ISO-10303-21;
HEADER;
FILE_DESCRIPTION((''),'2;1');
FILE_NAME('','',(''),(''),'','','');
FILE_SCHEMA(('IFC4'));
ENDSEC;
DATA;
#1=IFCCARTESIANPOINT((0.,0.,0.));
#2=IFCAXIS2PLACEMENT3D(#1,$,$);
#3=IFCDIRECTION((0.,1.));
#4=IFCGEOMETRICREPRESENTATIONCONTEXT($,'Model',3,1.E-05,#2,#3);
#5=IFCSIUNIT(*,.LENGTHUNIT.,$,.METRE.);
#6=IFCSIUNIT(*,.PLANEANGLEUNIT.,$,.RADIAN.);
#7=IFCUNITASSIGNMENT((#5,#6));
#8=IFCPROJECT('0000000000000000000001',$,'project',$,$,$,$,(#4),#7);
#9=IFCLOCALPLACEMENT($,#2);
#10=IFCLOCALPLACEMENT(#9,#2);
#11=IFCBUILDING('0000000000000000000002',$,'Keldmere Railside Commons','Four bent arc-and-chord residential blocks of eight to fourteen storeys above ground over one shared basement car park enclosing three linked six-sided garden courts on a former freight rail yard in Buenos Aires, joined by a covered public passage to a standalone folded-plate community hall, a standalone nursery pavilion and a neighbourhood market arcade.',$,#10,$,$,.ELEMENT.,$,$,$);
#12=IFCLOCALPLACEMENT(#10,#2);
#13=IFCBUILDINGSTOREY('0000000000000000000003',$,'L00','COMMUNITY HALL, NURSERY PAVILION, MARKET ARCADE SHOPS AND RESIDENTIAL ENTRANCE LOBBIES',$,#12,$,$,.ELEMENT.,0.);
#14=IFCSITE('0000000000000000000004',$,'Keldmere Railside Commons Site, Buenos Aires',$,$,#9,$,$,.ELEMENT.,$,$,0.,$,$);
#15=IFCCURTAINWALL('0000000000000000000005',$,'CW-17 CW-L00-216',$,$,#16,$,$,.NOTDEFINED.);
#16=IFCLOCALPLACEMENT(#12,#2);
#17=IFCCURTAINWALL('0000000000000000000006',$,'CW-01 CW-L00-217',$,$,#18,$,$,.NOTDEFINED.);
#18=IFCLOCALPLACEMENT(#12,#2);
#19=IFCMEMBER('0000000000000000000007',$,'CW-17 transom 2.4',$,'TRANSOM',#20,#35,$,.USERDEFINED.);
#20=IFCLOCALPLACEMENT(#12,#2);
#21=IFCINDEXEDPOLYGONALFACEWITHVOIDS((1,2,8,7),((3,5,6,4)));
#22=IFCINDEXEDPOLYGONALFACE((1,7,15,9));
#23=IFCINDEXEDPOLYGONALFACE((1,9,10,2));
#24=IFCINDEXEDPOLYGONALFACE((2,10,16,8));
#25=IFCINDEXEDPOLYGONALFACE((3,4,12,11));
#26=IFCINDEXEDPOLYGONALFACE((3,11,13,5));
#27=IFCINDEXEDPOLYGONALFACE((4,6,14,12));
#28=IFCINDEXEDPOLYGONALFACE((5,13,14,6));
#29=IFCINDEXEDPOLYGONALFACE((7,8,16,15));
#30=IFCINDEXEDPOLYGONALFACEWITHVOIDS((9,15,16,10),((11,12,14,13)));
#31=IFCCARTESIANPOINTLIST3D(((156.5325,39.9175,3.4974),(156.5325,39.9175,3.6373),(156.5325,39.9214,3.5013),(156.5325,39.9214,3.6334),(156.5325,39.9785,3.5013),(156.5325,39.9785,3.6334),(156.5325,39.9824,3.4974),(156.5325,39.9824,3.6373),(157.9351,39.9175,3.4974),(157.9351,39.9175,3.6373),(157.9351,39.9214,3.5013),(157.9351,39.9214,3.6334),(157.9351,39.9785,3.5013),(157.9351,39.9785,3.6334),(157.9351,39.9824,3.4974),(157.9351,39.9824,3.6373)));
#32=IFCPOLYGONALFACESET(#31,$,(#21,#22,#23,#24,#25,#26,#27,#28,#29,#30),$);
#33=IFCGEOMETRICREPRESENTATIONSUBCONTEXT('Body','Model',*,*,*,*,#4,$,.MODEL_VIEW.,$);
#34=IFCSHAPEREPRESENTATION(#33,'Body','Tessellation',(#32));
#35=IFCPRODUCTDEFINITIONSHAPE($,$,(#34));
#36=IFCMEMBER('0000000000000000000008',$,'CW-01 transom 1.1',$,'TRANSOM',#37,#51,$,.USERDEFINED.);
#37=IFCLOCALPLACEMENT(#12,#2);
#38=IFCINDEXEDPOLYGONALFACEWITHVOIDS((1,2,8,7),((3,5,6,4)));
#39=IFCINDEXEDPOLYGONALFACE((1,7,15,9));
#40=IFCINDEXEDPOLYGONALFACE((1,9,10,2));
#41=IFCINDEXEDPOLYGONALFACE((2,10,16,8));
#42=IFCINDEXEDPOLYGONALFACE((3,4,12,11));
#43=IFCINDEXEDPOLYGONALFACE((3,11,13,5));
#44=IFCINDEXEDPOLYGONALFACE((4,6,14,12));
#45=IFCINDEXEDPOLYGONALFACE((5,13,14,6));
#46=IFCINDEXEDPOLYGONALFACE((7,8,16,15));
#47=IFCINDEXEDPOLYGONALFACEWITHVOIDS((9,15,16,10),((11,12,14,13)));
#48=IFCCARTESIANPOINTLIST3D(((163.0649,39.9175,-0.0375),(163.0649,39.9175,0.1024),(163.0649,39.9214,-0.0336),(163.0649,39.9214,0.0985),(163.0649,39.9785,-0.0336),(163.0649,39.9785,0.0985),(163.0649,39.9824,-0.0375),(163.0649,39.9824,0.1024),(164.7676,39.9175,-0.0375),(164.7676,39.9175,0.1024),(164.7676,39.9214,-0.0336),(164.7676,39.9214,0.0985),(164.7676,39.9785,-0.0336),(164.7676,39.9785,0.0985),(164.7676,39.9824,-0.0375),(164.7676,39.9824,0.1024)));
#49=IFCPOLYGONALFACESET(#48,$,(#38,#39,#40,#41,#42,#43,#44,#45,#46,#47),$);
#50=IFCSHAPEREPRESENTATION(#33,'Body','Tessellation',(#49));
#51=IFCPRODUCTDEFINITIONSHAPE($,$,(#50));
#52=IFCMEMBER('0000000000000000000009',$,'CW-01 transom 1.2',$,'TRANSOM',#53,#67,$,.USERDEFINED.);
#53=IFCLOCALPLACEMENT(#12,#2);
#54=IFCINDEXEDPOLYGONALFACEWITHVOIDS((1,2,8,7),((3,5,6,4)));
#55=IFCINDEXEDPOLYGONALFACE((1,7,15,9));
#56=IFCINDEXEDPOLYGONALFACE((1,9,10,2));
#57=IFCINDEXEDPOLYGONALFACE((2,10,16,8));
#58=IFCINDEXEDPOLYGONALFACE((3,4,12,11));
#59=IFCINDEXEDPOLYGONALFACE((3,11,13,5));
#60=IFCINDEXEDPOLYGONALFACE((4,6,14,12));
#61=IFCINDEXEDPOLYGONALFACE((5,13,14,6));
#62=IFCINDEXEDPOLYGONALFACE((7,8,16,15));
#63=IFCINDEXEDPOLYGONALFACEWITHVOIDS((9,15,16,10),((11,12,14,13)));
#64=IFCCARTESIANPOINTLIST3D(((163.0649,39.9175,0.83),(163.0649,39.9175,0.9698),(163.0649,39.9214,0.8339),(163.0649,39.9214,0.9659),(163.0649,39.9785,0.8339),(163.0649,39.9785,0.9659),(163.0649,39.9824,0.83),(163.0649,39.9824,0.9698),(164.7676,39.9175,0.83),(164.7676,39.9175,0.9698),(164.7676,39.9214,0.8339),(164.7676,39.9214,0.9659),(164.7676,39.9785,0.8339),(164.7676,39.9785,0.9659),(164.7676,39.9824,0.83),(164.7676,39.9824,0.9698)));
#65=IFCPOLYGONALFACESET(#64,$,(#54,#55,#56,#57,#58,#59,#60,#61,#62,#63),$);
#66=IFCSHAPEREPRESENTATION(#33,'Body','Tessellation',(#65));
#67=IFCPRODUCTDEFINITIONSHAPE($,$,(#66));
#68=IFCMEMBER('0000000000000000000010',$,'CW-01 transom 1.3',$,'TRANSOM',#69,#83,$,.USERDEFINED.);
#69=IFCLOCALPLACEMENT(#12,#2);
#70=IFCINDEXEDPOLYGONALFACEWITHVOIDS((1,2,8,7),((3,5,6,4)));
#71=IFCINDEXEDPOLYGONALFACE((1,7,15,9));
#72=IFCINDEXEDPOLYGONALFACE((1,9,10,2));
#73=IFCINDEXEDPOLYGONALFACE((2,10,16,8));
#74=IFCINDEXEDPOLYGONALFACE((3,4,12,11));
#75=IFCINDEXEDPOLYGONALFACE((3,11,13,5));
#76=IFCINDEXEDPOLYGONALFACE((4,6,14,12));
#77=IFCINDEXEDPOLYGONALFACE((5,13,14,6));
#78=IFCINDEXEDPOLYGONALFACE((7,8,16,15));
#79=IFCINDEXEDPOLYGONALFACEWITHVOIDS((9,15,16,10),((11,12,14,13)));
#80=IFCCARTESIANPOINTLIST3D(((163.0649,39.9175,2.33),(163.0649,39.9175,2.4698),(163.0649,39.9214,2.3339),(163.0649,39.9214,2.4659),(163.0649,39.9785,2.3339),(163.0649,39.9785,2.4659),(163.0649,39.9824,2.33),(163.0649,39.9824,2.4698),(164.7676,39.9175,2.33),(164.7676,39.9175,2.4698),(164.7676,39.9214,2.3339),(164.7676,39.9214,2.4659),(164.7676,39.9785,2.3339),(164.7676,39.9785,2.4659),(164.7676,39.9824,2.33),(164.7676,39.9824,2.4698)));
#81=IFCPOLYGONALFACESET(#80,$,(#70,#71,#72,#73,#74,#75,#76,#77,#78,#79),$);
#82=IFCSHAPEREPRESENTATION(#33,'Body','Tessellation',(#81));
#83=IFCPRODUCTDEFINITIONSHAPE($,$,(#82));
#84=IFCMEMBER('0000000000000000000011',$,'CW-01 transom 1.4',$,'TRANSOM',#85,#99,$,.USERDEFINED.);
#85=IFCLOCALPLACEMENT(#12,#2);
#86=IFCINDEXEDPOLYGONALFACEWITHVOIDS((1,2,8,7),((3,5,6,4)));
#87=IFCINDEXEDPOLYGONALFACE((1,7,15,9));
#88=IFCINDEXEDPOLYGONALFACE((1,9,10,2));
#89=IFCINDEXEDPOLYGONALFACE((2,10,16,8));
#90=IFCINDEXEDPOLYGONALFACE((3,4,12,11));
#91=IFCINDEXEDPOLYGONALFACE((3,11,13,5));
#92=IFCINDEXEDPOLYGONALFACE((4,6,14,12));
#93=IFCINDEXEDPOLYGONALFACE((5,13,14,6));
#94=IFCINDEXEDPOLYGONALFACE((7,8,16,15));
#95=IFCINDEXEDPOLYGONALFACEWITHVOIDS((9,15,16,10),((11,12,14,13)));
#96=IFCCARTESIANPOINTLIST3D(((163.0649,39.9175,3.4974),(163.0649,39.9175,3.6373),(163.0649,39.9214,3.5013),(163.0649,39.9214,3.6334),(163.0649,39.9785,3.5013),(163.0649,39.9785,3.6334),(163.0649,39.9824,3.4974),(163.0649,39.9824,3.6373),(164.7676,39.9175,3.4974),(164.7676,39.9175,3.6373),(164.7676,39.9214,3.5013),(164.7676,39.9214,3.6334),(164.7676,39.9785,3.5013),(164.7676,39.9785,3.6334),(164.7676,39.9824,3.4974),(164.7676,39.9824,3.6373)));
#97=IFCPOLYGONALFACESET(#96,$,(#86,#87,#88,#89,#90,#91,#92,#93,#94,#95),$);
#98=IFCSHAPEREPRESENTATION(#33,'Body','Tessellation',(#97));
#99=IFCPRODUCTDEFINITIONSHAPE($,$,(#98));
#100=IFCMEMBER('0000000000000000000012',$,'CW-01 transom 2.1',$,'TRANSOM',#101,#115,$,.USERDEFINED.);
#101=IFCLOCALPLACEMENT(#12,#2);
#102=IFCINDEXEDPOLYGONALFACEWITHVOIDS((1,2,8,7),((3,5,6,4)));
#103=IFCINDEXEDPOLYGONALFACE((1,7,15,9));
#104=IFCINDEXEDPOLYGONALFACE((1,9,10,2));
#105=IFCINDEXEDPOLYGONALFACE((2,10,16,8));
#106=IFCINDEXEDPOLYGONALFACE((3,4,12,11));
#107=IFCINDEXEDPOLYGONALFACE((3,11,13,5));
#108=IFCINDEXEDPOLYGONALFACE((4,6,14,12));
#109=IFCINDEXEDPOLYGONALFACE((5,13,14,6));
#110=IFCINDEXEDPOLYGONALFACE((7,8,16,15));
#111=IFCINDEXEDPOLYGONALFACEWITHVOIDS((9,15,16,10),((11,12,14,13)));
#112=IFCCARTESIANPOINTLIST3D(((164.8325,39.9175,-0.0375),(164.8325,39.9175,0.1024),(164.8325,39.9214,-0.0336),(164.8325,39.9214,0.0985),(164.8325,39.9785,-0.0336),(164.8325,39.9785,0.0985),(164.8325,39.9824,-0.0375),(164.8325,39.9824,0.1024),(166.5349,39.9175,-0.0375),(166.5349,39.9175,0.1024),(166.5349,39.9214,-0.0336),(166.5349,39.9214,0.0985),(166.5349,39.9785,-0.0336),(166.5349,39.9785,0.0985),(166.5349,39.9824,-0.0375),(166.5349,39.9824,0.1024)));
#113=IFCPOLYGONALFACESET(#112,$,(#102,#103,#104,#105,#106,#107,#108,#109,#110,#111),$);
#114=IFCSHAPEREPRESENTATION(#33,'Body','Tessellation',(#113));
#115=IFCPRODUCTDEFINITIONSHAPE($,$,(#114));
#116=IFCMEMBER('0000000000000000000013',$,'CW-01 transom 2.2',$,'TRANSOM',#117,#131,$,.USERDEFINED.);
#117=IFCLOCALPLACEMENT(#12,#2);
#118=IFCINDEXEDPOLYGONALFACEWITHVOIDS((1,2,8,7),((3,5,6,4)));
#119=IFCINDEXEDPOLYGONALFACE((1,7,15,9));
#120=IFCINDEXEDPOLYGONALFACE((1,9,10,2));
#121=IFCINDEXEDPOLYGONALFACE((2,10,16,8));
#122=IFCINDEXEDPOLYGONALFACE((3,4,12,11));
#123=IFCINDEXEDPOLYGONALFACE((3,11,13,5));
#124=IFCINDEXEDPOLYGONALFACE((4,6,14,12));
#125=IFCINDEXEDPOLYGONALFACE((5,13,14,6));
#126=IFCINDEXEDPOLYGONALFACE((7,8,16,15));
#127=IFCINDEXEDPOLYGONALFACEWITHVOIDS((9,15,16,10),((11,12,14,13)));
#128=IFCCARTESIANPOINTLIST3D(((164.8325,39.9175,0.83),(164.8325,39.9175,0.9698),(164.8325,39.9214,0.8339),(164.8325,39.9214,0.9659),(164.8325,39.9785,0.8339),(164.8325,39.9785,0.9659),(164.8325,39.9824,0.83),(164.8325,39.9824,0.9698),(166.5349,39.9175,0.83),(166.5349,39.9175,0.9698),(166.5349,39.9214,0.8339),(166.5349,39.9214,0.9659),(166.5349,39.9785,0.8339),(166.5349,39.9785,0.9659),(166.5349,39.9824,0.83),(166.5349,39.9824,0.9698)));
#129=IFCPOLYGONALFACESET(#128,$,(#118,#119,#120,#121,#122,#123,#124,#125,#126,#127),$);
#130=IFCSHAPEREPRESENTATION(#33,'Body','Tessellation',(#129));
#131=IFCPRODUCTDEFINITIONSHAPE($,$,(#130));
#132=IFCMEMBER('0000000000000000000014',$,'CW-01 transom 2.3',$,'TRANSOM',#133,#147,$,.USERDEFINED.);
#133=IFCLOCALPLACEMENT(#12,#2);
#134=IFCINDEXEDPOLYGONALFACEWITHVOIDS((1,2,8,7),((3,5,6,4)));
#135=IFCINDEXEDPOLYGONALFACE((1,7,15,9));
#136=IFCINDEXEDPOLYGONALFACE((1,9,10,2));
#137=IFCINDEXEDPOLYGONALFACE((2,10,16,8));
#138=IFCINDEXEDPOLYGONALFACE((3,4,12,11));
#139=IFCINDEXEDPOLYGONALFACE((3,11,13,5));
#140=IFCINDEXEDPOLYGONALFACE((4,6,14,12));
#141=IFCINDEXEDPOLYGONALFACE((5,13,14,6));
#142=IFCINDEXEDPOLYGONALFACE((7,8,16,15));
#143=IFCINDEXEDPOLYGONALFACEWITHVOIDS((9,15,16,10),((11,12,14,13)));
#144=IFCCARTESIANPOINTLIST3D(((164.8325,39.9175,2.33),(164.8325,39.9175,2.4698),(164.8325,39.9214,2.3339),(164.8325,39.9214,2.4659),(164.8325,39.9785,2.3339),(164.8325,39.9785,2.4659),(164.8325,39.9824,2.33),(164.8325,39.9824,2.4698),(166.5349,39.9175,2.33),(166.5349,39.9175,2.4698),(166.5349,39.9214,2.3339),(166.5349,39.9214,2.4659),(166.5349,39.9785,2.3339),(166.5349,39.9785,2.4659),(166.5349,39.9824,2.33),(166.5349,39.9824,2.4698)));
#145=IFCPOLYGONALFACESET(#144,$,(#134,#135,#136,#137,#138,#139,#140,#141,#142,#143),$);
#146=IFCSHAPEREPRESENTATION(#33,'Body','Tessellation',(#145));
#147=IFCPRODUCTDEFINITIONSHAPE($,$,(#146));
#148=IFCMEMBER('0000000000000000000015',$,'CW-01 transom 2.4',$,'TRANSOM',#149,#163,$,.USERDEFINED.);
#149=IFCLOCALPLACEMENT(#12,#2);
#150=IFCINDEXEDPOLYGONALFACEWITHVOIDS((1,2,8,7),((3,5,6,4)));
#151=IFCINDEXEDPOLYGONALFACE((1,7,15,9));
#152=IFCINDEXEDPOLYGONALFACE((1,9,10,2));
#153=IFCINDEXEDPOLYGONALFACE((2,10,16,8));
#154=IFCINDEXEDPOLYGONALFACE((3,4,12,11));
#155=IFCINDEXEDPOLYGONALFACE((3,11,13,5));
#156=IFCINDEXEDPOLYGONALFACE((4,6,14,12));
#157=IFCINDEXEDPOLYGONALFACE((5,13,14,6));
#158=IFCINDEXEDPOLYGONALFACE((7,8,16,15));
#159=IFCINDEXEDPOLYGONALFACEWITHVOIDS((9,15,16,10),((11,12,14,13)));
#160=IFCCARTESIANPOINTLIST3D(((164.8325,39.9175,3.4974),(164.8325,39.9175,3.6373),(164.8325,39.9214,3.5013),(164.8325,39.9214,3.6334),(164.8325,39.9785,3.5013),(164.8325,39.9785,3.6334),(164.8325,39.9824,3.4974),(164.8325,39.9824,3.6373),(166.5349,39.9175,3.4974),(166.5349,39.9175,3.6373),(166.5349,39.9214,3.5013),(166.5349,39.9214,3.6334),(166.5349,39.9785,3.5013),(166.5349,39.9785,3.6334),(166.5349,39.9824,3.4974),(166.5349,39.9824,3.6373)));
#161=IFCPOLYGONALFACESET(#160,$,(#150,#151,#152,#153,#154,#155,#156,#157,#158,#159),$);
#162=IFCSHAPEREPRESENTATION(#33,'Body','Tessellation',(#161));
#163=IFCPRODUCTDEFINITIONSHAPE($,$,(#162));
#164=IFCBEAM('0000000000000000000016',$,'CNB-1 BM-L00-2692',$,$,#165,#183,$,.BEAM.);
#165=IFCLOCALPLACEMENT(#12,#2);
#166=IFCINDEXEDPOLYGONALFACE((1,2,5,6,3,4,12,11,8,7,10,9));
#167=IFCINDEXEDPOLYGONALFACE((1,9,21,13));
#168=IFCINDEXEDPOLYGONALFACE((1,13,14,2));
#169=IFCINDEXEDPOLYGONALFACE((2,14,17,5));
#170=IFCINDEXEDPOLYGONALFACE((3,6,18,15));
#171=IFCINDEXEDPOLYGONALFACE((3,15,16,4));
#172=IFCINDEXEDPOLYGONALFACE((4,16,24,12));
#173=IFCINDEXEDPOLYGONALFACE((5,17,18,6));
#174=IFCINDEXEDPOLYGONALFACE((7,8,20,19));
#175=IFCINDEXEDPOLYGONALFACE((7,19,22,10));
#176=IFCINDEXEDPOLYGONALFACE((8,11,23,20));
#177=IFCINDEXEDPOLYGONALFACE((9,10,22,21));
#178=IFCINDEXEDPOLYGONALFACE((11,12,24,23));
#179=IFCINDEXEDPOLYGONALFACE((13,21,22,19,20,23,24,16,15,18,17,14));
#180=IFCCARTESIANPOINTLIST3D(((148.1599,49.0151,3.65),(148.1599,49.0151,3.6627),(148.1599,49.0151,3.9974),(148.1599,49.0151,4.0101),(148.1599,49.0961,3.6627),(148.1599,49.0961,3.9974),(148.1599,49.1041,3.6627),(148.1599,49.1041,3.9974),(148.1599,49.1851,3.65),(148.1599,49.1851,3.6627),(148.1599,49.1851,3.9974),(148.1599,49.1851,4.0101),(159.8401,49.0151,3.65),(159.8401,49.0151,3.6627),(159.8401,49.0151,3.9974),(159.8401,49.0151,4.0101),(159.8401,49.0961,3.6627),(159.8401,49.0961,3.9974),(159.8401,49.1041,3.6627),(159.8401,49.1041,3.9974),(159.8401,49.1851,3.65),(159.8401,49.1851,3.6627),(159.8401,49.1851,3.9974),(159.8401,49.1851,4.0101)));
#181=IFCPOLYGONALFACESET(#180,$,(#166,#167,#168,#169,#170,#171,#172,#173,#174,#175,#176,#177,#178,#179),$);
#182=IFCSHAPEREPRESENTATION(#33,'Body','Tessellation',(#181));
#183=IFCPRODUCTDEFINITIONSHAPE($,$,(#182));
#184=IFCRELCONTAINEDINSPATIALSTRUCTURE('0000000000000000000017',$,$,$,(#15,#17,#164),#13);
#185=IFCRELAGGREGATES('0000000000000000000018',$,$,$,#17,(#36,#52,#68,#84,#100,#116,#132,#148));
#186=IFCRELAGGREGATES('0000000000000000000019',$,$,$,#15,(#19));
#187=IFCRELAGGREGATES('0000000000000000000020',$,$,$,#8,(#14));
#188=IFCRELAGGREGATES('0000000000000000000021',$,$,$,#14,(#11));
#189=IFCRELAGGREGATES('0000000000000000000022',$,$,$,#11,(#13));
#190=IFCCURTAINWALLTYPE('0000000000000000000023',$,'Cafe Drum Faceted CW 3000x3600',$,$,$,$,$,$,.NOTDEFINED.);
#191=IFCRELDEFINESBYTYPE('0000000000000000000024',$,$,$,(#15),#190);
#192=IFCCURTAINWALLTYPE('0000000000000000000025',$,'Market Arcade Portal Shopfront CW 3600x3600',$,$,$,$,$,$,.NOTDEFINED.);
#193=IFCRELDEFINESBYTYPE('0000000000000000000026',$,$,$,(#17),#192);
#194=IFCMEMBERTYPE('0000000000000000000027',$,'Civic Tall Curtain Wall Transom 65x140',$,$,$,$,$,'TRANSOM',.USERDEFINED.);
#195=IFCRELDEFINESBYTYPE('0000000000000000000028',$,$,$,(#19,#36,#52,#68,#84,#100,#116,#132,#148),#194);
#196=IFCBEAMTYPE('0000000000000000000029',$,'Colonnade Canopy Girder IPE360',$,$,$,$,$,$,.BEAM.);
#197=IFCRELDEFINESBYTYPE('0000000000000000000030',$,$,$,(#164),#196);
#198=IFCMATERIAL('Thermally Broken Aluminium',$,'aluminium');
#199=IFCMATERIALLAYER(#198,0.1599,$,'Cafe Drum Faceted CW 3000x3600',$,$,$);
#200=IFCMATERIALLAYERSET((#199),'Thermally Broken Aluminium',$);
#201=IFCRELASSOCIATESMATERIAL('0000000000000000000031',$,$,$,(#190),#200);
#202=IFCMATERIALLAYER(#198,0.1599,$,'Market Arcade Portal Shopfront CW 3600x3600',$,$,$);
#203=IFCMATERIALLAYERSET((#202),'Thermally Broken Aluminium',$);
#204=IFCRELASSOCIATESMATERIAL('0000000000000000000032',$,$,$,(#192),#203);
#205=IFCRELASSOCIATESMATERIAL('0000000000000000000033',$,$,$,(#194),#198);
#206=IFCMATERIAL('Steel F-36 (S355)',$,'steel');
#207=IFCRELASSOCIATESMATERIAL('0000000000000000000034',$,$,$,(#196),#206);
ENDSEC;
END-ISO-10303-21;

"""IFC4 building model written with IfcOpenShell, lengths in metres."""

from ifc_helpers import new_model, si_unit, direction, frame, origin, origin_2d, place, context, subcontext, project, spatial, hollow_rectangle, i_section, extrude, material, layer, layer_set, material_profile, profile_set, type_object, element, aggregate, save


model = new_model("IFC4")

# Units and contexts
model_context = context("Model", 3, precision=1e-05, world=origin(), true_north=direction((0.0, 1.0)))
body_context = subcontext(model_context, "Body", "Model", "MODEL_VIEW")
ifc_project = project(units=[si_unit("LENGTHUNIT", "METRE"), si_unit("PLANEANGLEUNIT", "RADIAN")], contexts=[model_context])

# Site, building, storey
site_placement = place(None, origin())
site = spatial("IfcSite", under=ifc_project, at=site_placement, Name="Keldmere Railside Commons Site, Buenos Aires", CompositionType="ELEMENT", RefElevation=0.0)
building_placement = place(site_placement, origin())
building = spatial("IfcBuilding", under=site, at=building_placement, Name="Keldmere Railside Commons", Description="Four bent arc-and-chord residential blocks of eight to fourteen storeys above ground over one shared basement car park enclosing three linked six-sided garden courts on a former freight rail yard in Buenos Aires, joined by a covered public passage to a standalone folded-plate community hall, a standalone nursery pavilion and a neighbourhood market arcade.", CompositionType="ELEMENT")
storey_placement = place(building_placement, origin())
storey = spatial("IfcBuildingStorey", under=building, at=storey_placement, Name="L00", Description="COMMUNITY HALL, NURSERY PAVILION, MARKET ARCADE SHOPS AND RESIDENTIAL ENTRANCE LOBBIES", CompositionType="ELEMENT", Elevation=0.0)

# Shared definitions
ifc_material_1 = material(Name="Steel F-36 (S355)", Category="steel")

# Curtain wall
ifc_material_2 = material(Name="Thermally Broken Aluminium", Category="aluminium")
ifc_layer_1 = layer(ifc_material_2, 0.1599, Name="Cafe Drum Faceted CW 3000x3600")
ifc_layer_set_1 = layer_set([ifc_layer_1], Name="Thermally Broken Aluminium")
curtain_wall_type_1 = type_object("IfcCurtainWallType", Name="Cafe Drum Faceted CW 3000x3600", PredefinedType="NOTDEFINED", material=ifc_layer_set_1)
curtain_wall_1_placement = place(storey_placement, origin())
curtain_wall_1 = element("IfcCurtainWall", 1, at=curtain_wall_1_placement, inside=storey, type_object=curtain_wall_type_1, Name="CW-17 CW-L00-216", PredefinedType="NOTDEFINED")

# Curtain wall
ifc_layer_2 = layer(ifc_material_2, 0.1599, Name="Market Arcade Portal Shopfront CW 3600x3600")
ifc_layer_set_2 = layer_set([ifc_layer_2], Name="Thermally Broken Aluminium")
curtain_wall_type_2 = type_object("IfcCurtainWallType", Name="Market Arcade Portal Shopfront CW 3600x3600", PredefinedType="NOTDEFINED", material=ifc_layer_set_2)
curtain_wall_2_placement = place(storey_placement, origin())
curtain_wall_2 = element("IfcCurtainWall", 2, at=curtain_wall_2_placement, inside=storey, type_object=curtain_wall_type_2, Name="CW-01 CW-L00-217", PredefinedType="NOTDEFINED")

# Members
ifc_material_profile_1 = material_profile(ifc_material_2, hollow_rectangle(XDim=0.0649, YDim=0.1399, WallThickness=0.0039, at=origin_2d()), Name="ALU-TRAN-65x140")
ifc_profile_set_1 = profile_set([ifc_material_profile_1], Name="Thermally Broken Aluminium")
member_type_1 = type_object("IfcMemberType", Name="Civic Tall Curtain Wall Transom 65x140", ElementType="TRANSOM", PredefinedType="USERDEFINED", material=ifc_profile_set_1)
member_1_placement = place(storey_placement, frame((156.5325, 39.95, 3.5674), z_axis=(1.0, 0.0, 0.0), x_axis=(0.0, 1.0, 0.0)))
member_1 = element("IfcMember", 3, at=member_1_placement, type_object=member_type_1, Name="CW-17 transom 2.4", ObjectType="TRANSOM", PredefinedType="USERDEFINED", context=body_context, shape_type="SweptSolid", body=[
    extrude(hollow_rectangle(XDim=0.0649, YDim=0.1399, WallThickness=0.0039, at=origin_2d()), origin(), (0.0, 0.0, 1.0), 1.4026),
])
member_2_placement = place(storey_placement, frame((163.0649, 39.95, 0.0325), z_axis=(1.0, 0.0, 0.0), x_axis=(0.0, 1.0, 0.0)))
member_2 = element("IfcMember", 4, at=member_2_placement, type_object=member_type_1, Name="CW-01 transom 1.1", ObjectType="TRANSOM", PredefinedType="USERDEFINED", context=body_context, shape_type="SweptSolid", body=[
    extrude(hollow_rectangle(XDim=0.0649, YDim=0.1399, WallThickness=0.0039, at=origin_2d()), origin(), (0.0, 0.0, 1.0), 1.7026),
])
member_3_placement = place(storey_placement, frame((163.0649, 39.95, 0.8999), z_axis=(1.0, 0.0, 0.0), x_axis=(0.0, 1.0, 0.0)))
member_3 = element("IfcMember", 5, at=member_3_placement, type_object=member_type_1, Name="CW-01 transom 1.2", ObjectType="TRANSOM", PredefinedType="USERDEFINED", context=body_context, shape_type="SweptSolid", body=[
    extrude(hollow_rectangle(XDim=0.0649, YDim=0.1399, WallThickness=0.0039, at=origin_2d()), origin(), (0.0, 0.0, 1.0), 1.7026),
])
member_4_placement = place(storey_placement, frame((163.0649, 39.95, 2.3999), z_axis=(1.0, 0.0, 0.0), x_axis=(0.0, 1.0, 0.0)))
member_4 = element("IfcMember", 6, at=member_4_placement, type_object=member_type_1, Name="CW-01 transom 1.3", ObjectType="TRANSOM", PredefinedType="USERDEFINED", context=body_context, shape_type="SweptSolid", body=[
    extrude(hollow_rectangle(XDim=0.0649, YDim=0.1399, WallThickness=0.0039, at=origin_2d()), origin(), (0.0, 0.0, 1.0), 1.7026),
])
member_5_placement = place(storey_placement, frame((163.0649, 39.95, 3.5674), z_axis=(1.0, 0.0, 0.0), x_axis=(0.0, 1.0, 0.0)))
member_5 = element("IfcMember", 7, at=member_5_placement, type_object=member_type_1, Name="CW-01 transom 1.4", ObjectType="TRANSOM", PredefinedType="USERDEFINED", context=body_context, shape_type="SweptSolid", body=[
    extrude(hollow_rectangle(XDim=0.0649, YDim=0.1399, WallThickness=0.0039, at=origin_2d()), origin(), (0.0, 0.0, 1.0), 1.7026),
])
member_6_placement = place(storey_placement, frame((164.8325, 39.95, 0.0325), z_axis=(1.0, 0.0, 0.0), x_axis=(0.0, 1.0, 0.0)))
member_6 = element("IfcMember", 8, at=member_6_placement, type_object=member_type_1, Name="CW-01 transom 2.1", ObjectType="TRANSOM", PredefinedType="USERDEFINED", context=body_context, shape_type="SweptSolid", body=[
    extrude(hollow_rectangle(XDim=0.0649, YDim=0.1399, WallThickness=0.0039, at=origin_2d()), origin(), (0.0, 0.0, 1.0), 1.7024),
])
member_7_placement = place(storey_placement, frame((164.8325, 39.95, 0.8999), z_axis=(1.0, 0.0, 0.0), x_axis=(0.0, 1.0, 0.0)))
member_7 = element("IfcMember", 9, at=member_7_placement, type_object=member_type_1, Name="CW-01 transom 2.2", ObjectType="TRANSOM", PredefinedType="USERDEFINED", context=body_context, shape_type="SweptSolid", body=[
    extrude(hollow_rectangle(XDim=0.0649, YDim=0.1399, WallThickness=0.0039, at=origin_2d()), origin(), (0.0, 0.0, 1.0), 1.7024),
])
member_8_placement = place(storey_placement, frame((164.8325, 39.95, 2.3999), z_axis=(1.0, 0.0, 0.0), x_axis=(0.0, 1.0, 0.0)))
member_8 = element("IfcMember", 10, at=member_8_placement, type_object=member_type_1, Name="CW-01 transom 2.3", ObjectType="TRANSOM", PredefinedType="USERDEFINED", context=body_context, shape_type="SweptSolid", body=[
    extrude(hollow_rectangle(XDim=0.0649, YDim=0.1399, WallThickness=0.0039, at=origin_2d()), origin(), (0.0, 0.0, 1.0), 1.7024),
])
member_9_placement = place(storey_placement, frame((164.8325, 39.95, 3.5674), z_axis=(1.0, 0.0, 0.0), x_axis=(0.0, 1.0, 0.0)))
member_9 = element("IfcMember", 11, at=member_9_placement, type_object=member_type_1, Name="CW-01 transom 2.4", ObjectType="TRANSOM", PredefinedType="USERDEFINED", context=body_context, shape_type="SweptSolid", body=[
    extrude(hollow_rectangle(XDim=0.0649, YDim=0.1399, WallThickness=0.0039, at=origin_2d()), origin(), (0.0, 0.0, 1.0), 1.7024),
])

# Beam
ifc_material_profile_2 = material_profile(ifc_material_1, i_section(OverallWidth=0.1699, OverallDepth=0.3601, WebThickness=0.0081, FlangeThickness=0.0127, at=origin_2d()), Name="IPE-360")
ifc_profile_set_2 = profile_set([ifc_material_profile_2], Name="Steel F-36 (S355)")
beam_type = type_object("IfcBeamType", Name="Colonnade Canopy Girder IPE360", PredefinedType="BEAM", material=ifc_profile_set_2)
beam_1_placement = place(storey_placement, frame((148.1599, 49.1001, 3.8301), z_axis=(1.0, 0.0, 0.0), x_axis=(0.0, 1.0, 0.0)))
element("IfcBeam", 12, at=beam_1_placement, inside=storey, type_object=beam_type, Name="CNB-1 BM-L00-2692", PredefinedType="BEAM", context=body_context, shape_type="SweptSolid", body=[
    extrude(i_section(OverallWidth=0.1699, OverallDepth=0.3601, WebThickness=0.0081, FlangeThickness=0.0127, at=origin_2d()), origin(), (0.0, 0.0, 1.0), 11.6802),
])

aggregate(curtain_wall_2, [member_2, member_3, member_4, member_5, member_6, member_7, member_8, member_9])

aggregate(curtain_wall_1, [member_1])

save(model, "model.ifc")
